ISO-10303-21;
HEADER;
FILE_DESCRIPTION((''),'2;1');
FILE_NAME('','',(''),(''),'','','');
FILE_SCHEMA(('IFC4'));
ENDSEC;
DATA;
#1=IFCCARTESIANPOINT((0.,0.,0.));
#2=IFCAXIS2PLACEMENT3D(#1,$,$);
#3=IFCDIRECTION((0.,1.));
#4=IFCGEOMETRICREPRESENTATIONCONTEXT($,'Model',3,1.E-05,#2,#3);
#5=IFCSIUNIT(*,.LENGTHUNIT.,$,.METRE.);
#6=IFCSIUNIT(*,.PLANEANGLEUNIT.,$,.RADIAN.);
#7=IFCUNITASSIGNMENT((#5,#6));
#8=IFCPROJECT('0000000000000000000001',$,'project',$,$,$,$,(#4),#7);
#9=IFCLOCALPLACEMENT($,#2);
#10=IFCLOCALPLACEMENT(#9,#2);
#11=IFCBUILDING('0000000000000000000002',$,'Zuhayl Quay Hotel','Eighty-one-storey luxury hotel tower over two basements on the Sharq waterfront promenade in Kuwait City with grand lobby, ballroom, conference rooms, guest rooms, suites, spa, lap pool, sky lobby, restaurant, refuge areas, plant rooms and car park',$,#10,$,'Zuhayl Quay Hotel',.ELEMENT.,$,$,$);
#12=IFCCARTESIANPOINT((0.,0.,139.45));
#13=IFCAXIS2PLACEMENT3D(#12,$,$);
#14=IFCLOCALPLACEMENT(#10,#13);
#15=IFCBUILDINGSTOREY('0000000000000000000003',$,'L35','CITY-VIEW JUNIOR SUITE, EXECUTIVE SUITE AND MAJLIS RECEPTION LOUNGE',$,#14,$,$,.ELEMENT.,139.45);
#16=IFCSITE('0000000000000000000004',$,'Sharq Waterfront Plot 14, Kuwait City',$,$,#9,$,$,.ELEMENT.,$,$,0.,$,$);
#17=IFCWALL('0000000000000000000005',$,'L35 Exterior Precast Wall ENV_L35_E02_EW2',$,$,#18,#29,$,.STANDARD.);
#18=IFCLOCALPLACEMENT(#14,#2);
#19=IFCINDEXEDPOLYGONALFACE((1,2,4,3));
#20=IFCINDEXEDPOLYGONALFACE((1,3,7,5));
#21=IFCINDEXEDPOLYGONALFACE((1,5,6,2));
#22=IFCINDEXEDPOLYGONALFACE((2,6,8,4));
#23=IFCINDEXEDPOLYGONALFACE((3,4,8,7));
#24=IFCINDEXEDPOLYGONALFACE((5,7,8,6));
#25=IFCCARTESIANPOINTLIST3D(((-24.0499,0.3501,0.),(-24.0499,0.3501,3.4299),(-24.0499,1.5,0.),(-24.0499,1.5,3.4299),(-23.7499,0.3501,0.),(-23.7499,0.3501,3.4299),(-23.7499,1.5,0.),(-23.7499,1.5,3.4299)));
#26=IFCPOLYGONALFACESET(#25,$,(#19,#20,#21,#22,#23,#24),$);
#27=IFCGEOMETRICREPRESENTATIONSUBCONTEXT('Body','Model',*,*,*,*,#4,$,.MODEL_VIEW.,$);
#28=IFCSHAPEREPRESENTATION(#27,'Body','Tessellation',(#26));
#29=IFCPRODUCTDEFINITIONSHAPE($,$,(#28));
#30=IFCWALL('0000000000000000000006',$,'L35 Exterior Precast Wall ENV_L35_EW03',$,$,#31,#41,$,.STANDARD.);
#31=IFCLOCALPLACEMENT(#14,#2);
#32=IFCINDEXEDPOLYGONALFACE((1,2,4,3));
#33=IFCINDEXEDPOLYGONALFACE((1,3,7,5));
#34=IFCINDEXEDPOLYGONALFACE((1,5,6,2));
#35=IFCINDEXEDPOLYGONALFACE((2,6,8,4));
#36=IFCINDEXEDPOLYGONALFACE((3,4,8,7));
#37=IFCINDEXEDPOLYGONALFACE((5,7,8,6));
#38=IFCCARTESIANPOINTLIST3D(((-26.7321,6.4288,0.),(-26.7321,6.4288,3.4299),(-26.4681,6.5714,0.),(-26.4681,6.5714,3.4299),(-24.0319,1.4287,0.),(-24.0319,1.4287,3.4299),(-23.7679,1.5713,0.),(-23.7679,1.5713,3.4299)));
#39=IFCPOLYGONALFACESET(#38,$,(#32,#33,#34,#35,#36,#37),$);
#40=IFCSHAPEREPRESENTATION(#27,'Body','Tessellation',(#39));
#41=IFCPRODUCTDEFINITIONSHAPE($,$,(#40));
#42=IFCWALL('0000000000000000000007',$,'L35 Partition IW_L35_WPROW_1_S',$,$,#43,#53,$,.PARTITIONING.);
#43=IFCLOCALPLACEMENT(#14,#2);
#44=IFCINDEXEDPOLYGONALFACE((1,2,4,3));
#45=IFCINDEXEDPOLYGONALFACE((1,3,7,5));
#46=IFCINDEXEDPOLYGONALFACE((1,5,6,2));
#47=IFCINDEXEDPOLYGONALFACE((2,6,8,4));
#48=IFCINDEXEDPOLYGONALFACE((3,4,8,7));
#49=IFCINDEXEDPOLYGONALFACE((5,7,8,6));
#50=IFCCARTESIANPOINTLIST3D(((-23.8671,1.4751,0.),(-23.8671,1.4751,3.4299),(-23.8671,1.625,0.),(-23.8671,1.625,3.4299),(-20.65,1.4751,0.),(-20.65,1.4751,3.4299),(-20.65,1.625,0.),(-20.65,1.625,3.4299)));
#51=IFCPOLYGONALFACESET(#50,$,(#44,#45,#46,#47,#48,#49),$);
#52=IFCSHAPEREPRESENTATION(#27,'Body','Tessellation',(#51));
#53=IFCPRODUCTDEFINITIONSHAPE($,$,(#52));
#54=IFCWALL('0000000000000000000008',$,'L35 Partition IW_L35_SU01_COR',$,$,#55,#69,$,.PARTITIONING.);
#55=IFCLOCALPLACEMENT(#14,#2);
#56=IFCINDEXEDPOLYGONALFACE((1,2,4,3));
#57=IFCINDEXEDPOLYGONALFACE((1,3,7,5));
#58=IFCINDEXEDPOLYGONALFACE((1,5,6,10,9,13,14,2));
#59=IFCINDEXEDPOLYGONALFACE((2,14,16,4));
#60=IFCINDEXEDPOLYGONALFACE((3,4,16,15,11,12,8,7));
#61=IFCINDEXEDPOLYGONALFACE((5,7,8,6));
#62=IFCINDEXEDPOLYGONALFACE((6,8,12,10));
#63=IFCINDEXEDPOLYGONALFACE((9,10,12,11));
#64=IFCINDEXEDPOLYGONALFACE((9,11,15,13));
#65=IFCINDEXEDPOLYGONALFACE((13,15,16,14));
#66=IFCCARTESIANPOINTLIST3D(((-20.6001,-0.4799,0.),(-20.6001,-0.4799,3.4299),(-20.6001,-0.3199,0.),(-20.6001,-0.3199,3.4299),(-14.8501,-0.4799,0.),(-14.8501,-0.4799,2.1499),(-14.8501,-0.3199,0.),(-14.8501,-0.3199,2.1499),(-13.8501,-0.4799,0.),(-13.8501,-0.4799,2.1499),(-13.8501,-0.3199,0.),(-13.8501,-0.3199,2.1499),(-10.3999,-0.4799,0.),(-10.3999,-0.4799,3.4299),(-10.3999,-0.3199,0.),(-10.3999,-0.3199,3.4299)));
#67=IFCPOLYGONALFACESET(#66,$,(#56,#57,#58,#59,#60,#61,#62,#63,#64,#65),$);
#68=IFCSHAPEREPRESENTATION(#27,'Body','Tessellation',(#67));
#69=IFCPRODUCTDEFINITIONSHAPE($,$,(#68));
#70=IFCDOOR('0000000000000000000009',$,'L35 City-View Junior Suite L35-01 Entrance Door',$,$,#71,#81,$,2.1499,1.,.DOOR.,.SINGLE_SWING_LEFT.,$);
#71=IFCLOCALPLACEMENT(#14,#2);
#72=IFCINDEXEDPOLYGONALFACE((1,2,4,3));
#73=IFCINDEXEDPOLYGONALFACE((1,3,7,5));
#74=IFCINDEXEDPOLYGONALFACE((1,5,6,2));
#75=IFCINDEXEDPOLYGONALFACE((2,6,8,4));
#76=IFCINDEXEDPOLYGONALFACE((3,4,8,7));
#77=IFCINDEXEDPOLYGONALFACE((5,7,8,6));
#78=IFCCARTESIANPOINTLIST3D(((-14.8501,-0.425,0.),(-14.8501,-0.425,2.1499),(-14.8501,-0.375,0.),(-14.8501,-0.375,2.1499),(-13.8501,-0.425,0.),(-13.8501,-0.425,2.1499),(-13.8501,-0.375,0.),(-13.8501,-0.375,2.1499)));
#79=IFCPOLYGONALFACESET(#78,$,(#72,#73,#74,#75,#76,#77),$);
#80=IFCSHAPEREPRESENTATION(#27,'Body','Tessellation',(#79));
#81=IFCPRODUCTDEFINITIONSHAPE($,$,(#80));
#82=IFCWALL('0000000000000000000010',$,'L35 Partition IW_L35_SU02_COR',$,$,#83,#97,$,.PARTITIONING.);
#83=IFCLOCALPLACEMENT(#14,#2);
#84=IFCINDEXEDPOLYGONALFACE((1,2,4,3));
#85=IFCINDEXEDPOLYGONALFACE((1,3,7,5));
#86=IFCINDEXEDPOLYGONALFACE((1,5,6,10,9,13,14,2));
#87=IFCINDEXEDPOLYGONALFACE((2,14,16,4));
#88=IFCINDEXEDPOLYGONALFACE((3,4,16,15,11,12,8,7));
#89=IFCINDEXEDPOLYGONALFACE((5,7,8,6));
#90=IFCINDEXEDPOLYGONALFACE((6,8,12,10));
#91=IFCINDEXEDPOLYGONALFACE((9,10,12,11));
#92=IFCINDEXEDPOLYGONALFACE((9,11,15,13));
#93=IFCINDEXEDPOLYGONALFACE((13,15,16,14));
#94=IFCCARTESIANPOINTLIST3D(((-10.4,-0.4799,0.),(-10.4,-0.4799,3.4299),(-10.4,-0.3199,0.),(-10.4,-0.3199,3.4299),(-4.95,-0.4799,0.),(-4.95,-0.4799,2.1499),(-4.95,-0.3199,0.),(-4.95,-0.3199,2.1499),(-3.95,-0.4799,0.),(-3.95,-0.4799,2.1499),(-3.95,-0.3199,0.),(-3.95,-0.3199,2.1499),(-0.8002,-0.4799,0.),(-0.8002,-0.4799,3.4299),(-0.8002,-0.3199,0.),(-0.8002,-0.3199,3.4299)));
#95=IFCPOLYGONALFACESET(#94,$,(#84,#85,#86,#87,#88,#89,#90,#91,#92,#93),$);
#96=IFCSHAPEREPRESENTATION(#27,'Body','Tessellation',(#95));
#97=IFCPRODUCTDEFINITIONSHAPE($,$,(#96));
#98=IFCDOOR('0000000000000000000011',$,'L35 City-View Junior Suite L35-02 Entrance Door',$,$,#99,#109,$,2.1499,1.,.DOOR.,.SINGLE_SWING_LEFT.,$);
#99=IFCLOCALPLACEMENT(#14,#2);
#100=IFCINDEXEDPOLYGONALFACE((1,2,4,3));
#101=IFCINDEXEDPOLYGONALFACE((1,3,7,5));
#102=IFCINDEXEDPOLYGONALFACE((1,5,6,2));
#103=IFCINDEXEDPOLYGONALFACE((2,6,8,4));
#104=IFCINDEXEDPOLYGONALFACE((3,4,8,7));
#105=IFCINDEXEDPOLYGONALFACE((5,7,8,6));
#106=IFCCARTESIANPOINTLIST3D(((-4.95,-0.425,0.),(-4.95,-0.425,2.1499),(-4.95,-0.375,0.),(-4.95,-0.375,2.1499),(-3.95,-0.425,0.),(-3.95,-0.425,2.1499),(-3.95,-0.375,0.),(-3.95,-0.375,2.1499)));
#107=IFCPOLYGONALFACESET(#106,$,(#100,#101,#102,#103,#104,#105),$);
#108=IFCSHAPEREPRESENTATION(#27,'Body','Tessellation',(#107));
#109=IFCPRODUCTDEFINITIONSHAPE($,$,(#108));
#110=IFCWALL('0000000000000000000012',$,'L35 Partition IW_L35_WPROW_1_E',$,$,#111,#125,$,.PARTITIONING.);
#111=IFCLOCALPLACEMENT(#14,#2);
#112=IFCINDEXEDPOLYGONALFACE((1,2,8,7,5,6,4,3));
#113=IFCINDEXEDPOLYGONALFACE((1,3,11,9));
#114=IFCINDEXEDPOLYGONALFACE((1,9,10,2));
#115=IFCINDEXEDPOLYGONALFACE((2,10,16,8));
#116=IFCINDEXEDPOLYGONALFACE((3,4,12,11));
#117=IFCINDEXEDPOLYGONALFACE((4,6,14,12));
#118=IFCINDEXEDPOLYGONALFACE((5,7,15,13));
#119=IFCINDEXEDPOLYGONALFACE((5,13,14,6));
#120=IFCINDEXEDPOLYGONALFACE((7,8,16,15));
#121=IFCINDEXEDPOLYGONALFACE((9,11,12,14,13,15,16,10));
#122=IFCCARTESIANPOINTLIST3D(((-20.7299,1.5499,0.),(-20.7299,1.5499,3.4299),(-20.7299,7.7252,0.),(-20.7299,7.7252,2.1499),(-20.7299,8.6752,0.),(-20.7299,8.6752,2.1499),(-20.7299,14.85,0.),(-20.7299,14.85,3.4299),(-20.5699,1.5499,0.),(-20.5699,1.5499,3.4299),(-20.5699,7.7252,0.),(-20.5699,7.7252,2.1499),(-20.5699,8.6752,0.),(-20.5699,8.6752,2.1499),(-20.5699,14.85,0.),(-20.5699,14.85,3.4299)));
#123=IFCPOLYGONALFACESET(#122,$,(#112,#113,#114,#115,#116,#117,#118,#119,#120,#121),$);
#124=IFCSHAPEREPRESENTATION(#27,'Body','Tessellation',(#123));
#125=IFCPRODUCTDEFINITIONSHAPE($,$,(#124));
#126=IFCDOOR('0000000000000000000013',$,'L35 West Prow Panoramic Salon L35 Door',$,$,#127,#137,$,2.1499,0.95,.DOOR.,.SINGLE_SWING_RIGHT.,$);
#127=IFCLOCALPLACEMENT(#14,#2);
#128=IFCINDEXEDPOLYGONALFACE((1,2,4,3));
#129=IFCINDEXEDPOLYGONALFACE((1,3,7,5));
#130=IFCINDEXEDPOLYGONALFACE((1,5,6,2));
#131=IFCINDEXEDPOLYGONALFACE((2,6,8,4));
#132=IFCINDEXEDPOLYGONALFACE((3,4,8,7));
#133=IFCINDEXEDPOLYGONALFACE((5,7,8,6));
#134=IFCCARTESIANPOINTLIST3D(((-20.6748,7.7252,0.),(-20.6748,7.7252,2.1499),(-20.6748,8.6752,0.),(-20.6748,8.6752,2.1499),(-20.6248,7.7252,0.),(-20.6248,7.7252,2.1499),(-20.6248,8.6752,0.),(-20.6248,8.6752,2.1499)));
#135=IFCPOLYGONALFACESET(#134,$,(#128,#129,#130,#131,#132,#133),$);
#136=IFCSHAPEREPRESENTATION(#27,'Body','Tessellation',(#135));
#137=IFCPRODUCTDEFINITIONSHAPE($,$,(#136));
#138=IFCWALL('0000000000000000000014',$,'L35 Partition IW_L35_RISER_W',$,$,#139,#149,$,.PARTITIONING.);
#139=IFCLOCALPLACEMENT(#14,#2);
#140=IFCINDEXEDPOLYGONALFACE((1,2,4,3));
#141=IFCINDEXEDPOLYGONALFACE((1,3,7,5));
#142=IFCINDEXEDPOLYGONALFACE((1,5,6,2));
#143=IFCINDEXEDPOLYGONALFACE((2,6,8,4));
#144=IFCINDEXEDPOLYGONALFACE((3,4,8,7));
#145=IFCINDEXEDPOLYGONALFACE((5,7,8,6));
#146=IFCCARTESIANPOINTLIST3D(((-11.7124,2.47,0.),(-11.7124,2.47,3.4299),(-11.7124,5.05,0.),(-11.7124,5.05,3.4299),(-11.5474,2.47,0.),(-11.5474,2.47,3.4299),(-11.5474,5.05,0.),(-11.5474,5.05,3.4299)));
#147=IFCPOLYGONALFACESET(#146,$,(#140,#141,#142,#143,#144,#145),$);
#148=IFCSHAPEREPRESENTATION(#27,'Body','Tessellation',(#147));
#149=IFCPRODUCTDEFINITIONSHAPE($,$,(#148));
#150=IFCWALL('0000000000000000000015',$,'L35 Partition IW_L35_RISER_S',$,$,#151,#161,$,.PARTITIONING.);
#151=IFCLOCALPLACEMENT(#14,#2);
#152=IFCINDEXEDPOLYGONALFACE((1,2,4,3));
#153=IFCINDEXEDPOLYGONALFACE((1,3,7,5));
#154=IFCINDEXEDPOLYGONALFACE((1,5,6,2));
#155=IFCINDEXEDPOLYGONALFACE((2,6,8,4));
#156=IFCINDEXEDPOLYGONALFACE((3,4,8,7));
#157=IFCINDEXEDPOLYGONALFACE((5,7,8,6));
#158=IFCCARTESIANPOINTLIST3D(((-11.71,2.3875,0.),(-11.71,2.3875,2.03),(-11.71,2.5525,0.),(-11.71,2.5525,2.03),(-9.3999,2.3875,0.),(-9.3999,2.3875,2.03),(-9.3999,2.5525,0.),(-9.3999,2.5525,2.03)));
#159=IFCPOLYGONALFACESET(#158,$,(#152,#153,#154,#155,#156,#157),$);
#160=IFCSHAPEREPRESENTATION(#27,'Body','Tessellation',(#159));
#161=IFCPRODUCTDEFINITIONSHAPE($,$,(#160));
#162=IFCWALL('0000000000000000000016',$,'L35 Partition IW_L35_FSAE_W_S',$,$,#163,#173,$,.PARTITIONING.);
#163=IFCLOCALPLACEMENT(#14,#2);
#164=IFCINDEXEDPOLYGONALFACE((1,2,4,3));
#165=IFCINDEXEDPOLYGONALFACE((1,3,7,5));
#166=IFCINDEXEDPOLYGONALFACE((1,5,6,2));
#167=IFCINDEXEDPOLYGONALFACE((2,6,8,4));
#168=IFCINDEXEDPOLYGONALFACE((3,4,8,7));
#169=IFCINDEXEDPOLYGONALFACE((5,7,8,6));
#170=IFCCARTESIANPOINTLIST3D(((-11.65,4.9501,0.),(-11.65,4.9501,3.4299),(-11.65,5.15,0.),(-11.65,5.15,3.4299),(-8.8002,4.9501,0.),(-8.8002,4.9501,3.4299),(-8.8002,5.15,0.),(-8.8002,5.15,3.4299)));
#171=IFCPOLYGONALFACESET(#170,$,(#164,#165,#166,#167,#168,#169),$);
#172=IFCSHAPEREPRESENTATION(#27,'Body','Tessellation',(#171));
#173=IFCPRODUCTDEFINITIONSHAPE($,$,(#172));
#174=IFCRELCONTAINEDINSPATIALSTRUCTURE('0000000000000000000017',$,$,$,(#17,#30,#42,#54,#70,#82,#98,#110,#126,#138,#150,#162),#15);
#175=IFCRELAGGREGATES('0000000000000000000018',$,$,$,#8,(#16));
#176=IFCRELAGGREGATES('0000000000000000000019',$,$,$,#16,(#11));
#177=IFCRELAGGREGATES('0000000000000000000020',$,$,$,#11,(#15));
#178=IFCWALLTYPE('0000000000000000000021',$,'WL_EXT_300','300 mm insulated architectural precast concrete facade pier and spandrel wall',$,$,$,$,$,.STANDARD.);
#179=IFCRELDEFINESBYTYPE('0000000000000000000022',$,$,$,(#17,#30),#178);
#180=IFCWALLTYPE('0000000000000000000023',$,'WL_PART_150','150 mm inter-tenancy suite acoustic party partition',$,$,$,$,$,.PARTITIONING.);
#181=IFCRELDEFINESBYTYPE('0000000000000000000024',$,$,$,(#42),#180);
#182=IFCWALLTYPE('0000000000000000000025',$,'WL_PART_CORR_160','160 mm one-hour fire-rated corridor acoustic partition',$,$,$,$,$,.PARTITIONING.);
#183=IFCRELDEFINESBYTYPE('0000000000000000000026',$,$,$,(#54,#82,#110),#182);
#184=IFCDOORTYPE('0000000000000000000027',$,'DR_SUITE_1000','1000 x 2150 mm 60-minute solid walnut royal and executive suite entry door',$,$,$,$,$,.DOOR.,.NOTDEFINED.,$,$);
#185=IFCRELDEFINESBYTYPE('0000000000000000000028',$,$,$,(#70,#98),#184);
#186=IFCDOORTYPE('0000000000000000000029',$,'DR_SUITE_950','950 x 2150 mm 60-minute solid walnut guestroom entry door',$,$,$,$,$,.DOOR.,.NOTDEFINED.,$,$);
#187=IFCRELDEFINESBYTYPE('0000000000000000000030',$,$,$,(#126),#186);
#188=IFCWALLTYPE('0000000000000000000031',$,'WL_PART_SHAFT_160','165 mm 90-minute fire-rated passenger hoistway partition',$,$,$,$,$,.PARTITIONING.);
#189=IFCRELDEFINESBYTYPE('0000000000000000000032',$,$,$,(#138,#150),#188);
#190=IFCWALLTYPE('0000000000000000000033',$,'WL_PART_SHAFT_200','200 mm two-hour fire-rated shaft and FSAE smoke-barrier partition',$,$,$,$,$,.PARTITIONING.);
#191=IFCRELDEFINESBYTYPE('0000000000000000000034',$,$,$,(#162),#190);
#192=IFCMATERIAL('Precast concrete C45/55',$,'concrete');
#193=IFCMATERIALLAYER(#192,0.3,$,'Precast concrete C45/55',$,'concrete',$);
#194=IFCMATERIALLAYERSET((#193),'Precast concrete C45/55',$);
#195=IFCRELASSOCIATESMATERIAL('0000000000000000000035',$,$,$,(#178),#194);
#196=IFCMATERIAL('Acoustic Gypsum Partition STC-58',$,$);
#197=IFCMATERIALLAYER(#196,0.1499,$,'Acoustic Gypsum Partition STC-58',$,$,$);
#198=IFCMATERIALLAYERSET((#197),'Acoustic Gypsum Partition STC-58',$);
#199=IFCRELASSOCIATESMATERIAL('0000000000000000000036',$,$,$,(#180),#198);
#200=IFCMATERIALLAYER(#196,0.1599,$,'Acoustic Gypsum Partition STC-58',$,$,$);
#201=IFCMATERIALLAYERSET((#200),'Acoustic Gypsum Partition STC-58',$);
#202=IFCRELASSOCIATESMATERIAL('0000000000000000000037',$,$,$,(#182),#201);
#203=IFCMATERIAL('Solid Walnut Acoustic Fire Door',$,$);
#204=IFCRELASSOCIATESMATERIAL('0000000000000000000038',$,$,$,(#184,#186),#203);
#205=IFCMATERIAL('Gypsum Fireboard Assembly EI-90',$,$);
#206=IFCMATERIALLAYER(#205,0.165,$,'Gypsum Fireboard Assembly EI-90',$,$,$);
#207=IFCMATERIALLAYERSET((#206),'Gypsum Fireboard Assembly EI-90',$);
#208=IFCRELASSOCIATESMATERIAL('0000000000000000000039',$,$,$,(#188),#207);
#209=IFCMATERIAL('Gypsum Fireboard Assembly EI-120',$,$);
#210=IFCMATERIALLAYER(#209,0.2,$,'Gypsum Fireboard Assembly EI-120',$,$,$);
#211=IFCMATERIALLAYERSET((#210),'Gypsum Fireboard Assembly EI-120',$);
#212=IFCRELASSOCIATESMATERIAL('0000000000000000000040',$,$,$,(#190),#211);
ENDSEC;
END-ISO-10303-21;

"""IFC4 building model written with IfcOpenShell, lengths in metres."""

from ifc_helpers import new_model, si_unit, direction, frame, frame_2d, origin, place, context, subcontext, project, spatial, rectangle, extrude, material, layer, layer_set, type_object, element, fill, save


model = new_model("IFC4")

# Units and contexts
model_context = context("Model", 3, precision=1e-05, world=origin(), true_north=direction((0.0, 1.0)))
body_context = subcontext(model_context, "Body", "Model", "MODEL_VIEW")
ifc_project = project(units=[si_unit("LENGTHUNIT", "METRE"), si_unit("PLANEANGLEUNIT", "RADIAN")], contexts=[model_context])

# Site, building, storey
site_placement = place(None, origin())
site = spatial("IfcSite", under=ifc_project, at=site_placement, Name="Sharq Waterfront Plot 14, Kuwait City", CompositionType="ELEMENT", RefElevation=0.0)
building_placement = place(site_placement, origin())
building = spatial("IfcBuilding", under=site, at=building_placement, Name="Zuhayl Quay Hotel", Description="Eighty-one-storey luxury hotel tower over two basements on the Sharq waterfront promenade in Kuwait City with grand lobby, ballroom, conference rooms, guest rooms, suites, spa, lap pool, sky lobby, restaurant, refuge areas, plant rooms and car park", LongName="Zuhayl Quay Hotel", CompositionType="ELEMENT")
storey_placement = place(building_placement, frame((0.0, 0.0, 139.45)))
storey = spatial("IfcBuildingStorey", under=building, at=storey_placement, Name="L35", Description="CITY-VIEW JUNIOR SUITE, EXECUTIVE SUITE AND MAJLIS RECEPTION LOUNGE", CompositionType="ELEMENT", Elevation=139.45)

# Walls
ifc_material_1 = material(Name="Precast concrete C45/55", Category="concrete")
ifc_layer_1 = layer(ifc_material_1, 0.3, Name="Precast concrete C45/55", Category="concrete")
ifc_layer_set_1 = layer_set([ifc_layer_1], Name="Precast concrete C45/55")
wall_type_1 = type_object("IfcWallType", Name="WL_EXT_300", Description="300 mm insulated architectural precast concrete facade pier and spandrel wall", PredefinedType="STANDARD", material=ifc_layer_set_1)
wall_1_placement = place(storey_placement, frame((-23.8999, 0.3501, 0.0), z_axis=(0.0, 0.0, 1.0), x_axis=(0.0, 1.0, 0.0)))
element("IfcWall", 1, at=wall_1_placement, inside=storey, type_object=wall_type_1, Name="L35 Exterior Precast Wall ENV_L35_E02_EW2", PredefinedType="STANDARD", context=body_context, shape_type="SweptSolid", body=[
    extrude(rectangle(XDim=1.1499, YDim=0.3, at=frame_2d((0.575, 0.0))), origin(), (0.0, 0.0, 1.0), 3.4299),
])
wall_2_placement = place(storey_placement, frame((-23.8999, 1.5, 0.0), z_axis=(0.0, 0.0, 1.0), x_axis=(-0.475176, 0.879891, 0.0)))
element("IfcWall", 2, at=wall_2_placement, inside=storey, type_object=wall_type_1, Name="L35 Exterior Precast Wall ENV_L35_EW03", PredefinedType="STANDARD", context=body_context, shape_type="SweptSolid", body=[
    extrude(rectangle(XDim=5.6826, YDim=0.3, at=frame_2d((2.8413, 0.0))), origin(), (0.0, 0.0, 1.0), 3.4299),
])
ifc_material_2 = material(Name="Acoustic Gypsum Partition STC-58")
ifc_layer_2 = layer(ifc_material_2, 0.1499, Name="Acoustic Gypsum Partition STC-58")
ifc_layer_set_2 = layer_set([ifc_layer_2], Name="Acoustic Gypsum Partition STC-58")
wall_type_2 = type_object("IfcWallType", Name="WL_PART_150", Description="150 mm inter-tenancy suite acoustic party partition", PredefinedType="PARTITIONING", material=ifc_layer_set_2)
wall_3_placement = place(storey_placement, frame((-23.8669, 1.55, 0.0), z_axis=(0.0, 0.0, 1.0), x_axis=(1.0, 0.0, 0.0)))
element("IfcWall", 3, at=wall_3_placement, inside=storey, type_object=wall_type_2, Name="L35 Partition IW_L35_WPROW_1_S", PredefinedType="PARTITIONING", context=body_context, shape_type="SweptSolid", body=[
    extrude(rectangle(XDim=3.217, YDim=0.1499, at=frame_2d((1.6084, 0.0))), origin(), (0.0, 0.0, 1.0), 3.4299),
])

# Walls, openings, doors
ifc_layer_3 = layer(ifc_material_2, 0.1599, Name="Acoustic Gypsum Partition STC-58")
ifc_layer_set_3 = layer_set([ifc_layer_3], Name="Acoustic Gypsum Partition STC-58")
wall_type_3 = type_object("IfcWallType", Name="WL_PART_CORR_160", Description="160 mm one-hour fire-rated corridor acoustic partition", PredefinedType="PARTITIONING", material=ifc_layer_set_3)
wall_4_placement = place(storey_placement, frame((-20.6001, -0.3999, 0.0), z_axis=(0.0, 0.0, 1.0), x_axis=(1.0, 0.0, 0.0)))
wall_4 = element("IfcWall", 4, at=wall_4_placement, inside=storey, type_object=wall_type_3, Name="L35 Partition IW_L35_SU01_COR", PredefinedType="PARTITIONING", context=body_context, shape_type="SweptSolid", body=[
    extrude(rectangle(XDim=10.2002, YDim=0.1599, at=frame_2d((5.1001, 0.0))), origin(), (0.0, 0.0, 1.0), 3.4299),
])
opening_1_placement = place(wall_4_placement, frame((5.75, 0.0, 0.0)))
opening_1 = element("IfcOpeningElement", 5, at=opening_1_placement, cuts=wall_4, PredefinedType="OPENING", context=body_context, shape_type="SweptSolid", body=[
    extrude(rectangle(XDim=1.0, YDim=2.1499, at=frame_2d((0.5, 1.075))), frame((0.0, 0.0898, 0.0), z_axis=(0.0, -1.0, 0.0), x_axis=(1.0, 0.0, 0.0)), (0.0, 0.0, 1.0), 0.1799),
])
ifc_material_3 = material(Name="Solid Walnut Acoustic Fire Door")
door_type_1 = type_object("IfcDoorType", Name="DR_SUITE_1000", Description="1000 x 2150 mm 60-minute solid walnut royal and executive suite entry door", OperationType="NOTDEFINED", PredefinedType="DOOR", material=ifc_material_3)
door_1_placement = place(opening_1_placement, origin())
door_1 = element("IfcDoor", 6, at=door_1_placement, inside=storey, type_object=door_type_1, Name="L35 City-View Junior Suite L35-01 Entrance Door", OperationType="SINGLE_SWING_LEFT", OverallHeight=2.1499, OverallWidth=1.0, PredefinedType="DOOR", context=body_context, shape_type="SweptSolid", body=[
    extrude(rectangle(XDim=1.0, YDim=2.1499, at=frame_2d((0.5, 1.075))), frame((0.0, 0.0249, 0.0), z_axis=(0.0, -1.0, 0.0), x_axis=(1.0, 0.0, 0.0)), (0.0, 0.0, 1.0), 0.05),
])
fill(opening_1, door_1)
wall_5_placement = place(storey_placement, frame((-10.3999, -0.3999, 0.0), z_axis=(0.0, 0.0, 1.0), x_axis=(1.0, 0.0, 0.0)))
wall_5 = element("IfcWall", 7, at=wall_5_placement, inside=storey, type_object=wall_type_3, Name="L35 Partition IW_L35_SU02_COR", PredefinedType="PARTITIONING", context=body_context, shape_type="SweptSolid", body=[
    extrude(rectangle(XDim=9.5999, YDim=0.1599, at=frame_2d((4.7998, 0.0))), origin(), (0.0, 0.0, 1.0), 3.4299),
])
opening_2_placement = place(wall_5_placement, frame((5.45, 0.0, 0.0)))
opening_2 = element("IfcOpeningElement", 8, at=opening_2_placement, cuts=wall_5, PredefinedType="OPENING", context=body_context, shape_type="SweptSolid", body=[
    extrude(rectangle(XDim=1.0, YDim=2.1499, at=frame_2d((0.5, 1.075))), frame((0.0, 0.0898, 0.0), z_axis=(0.0, -1.0, 0.0), x_axis=(1.0, 0.0, 0.0)), (0.0, 0.0, 1.0), 0.1799),
])
door_2_placement = place(opening_2_placement, origin())
door_2 = element("IfcDoor", 9, at=door_2_placement, inside=storey, type_object=door_type_1, Name="L35 City-View Junior Suite L35-02 Entrance Door", OperationType="SINGLE_SWING_LEFT", OverallHeight=2.1499, OverallWidth=1.0, PredefinedType="DOOR", context=body_context, shape_type="SweptSolid", body=[
    extrude(rectangle(XDim=1.0, YDim=2.1499, at=frame_2d((0.5, 1.075))), frame((0.0, 0.0249, 0.0), z_axis=(0.0, -1.0, 0.0), x_axis=(1.0, 0.0, 0.0)), (0.0, 0.0, 1.0), 0.05),
])
fill(opening_2, door_2)
wall_6_placement = place(storey_placement, frame((-20.6499, 1.55, 0.0), z_axis=(0.0, 0.0, 1.0), x_axis=(0.0, 1.0, 0.0)))
wall_6 = element("IfcWall", 10, at=wall_6_placement, inside=storey, type_object=wall_type_3, Name="L35 Partition IW_L35_WPROW_1_E", PredefinedType="PARTITIONING", context=body_context, shape_type="SweptSolid", body=[
    extrude(rectangle(XDim=13.3, YDim=0.1599, at=frame_2d((6.6499, 0.0))), origin(), (0.0, 0.0, 1.0), 3.4299),
])
opening_3_placement = place(wall_6_placement, frame((6.175, 0.0, 0.0)))
opening_3 = element("IfcOpeningElement", 11, at=opening_3_placement, cuts=wall_6, PredefinedType="OPENING", context=body_context, shape_type="SweptSolid", body=[
    extrude(rectangle(XDim=0.95, YDim=2.1499, at=frame_2d((0.4751, 1.075))), frame((0.0, 0.0898, 0.0), z_axis=(0.0, -1.0, 0.0), x_axis=(1.0, 0.0, 0.0)), (0.0, 0.0, 1.0), 0.1799),
])
door_type_2 = type_object("IfcDoorType", Name="DR_SUITE_950", Description="950 x 2150 mm 60-minute solid walnut guestroom entry door", OperationType="NOTDEFINED", PredefinedType="DOOR", material=ifc_material_3)
door_3_placement = place(opening_3_placement, origin())
door_3 = element("IfcDoor", 12, at=door_3_placement, inside=storey, type_object=door_type_2, Name="L35 West Prow Panoramic Salon L35 Door", OperationType="SINGLE_SWING_RIGHT", OverallHeight=2.1499, OverallWidth=0.95, PredefinedType="DOOR", context=body_context, shape_type="SweptSolid", body=[
    extrude(rectangle(XDim=0.95, YDim=2.1499, at=frame_2d((0.4751, 1.075))), frame((0.0, 0.0249, 0.0), z_axis=(0.0, -1.0, 0.0), x_axis=(1.0, 0.0, 0.0)), (0.0, 0.0, 1.0), 0.05),
])
fill(opening_3, door_3)

# Walls
ifc_material_4 = material(Name="Gypsum Fireboard Assembly EI-90")
ifc_layer_4 = layer(ifc_material_4, 0.165, Name="Gypsum Fireboard Assembly EI-90")
ifc_layer_set_4 = layer_set([ifc_layer_4], Name="Gypsum Fireboard Assembly EI-90")
wall_type_4 = type_object("IfcWallType", Name="WL_PART_SHAFT_160", Description="165 mm 90-minute fire-rated passenger hoistway partition", PredefinedType="PARTITIONING", material=ifc_layer_set_4)
wall_7_placement = place(storey_placement, frame((-11.6299, 2.47, 0.0), z_axis=(0.0, 0.0, 1.0), x_axis=(0.0, 1.0, 0.0)))
element("IfcWall", 13, at=wall_7_placement, inside=storey, type_object=wall_type_4, Name="L35 Partition IW_L35_RISER_W", PredefinedType="PARTITIONING", context=body_context, shape_type="SweptSolid", body=[
    extrude(rectangle(XDim=2.5801, YDim=0.165, at=frame_2d((1.29, 0.0))), origin(), (0.0, 0.0, 1.0), 3.4299),
])
wall_8_placement = place(storey_placement, frame((-11.71, 2.47, 0.0), z_axis=(0.0, 0.0, 1.0), x_axis=(1.0, 0.0, 0.0)))
element("IfcWall", 14, at=wall_8_placement, inside=storey, type_object=wall_type_4, Name="L35 Partition IW_L35_RISER_S", PredefinedType="PARTITIONING", context=body_context, shape_type="SweptSolid", body=[
    extrude(rectangle(XDim=2.3101, YDim=0.165, at=frame_2d((1.155, 0.0))), origin(), (0.0, 0.0, 1.0), 2.03),
])
ifc_material_5 = material(Name="Gypsum Fireboard Assembly EI-120")
ifc_layer_5 = layer(ifc_material_5, 0.2, Name="Gypsum Fireboard Assembly EI-120")
ifc_layer_set_5 = layer_set([ifc_layer_5], Name="Gypsum Fireboard Assembly EI-120")
wall_type_5 = type_object("IfcWallType", Name="WL_PART_SHAFT_200", Description="200 mm two-hour fire-rated shaft and FSAE smoke-barrier partition", PredefinedType="PARTITIONING", material=ifc_layer_set_5)
wall_9_placement = place(storey_placement, frame((-11.6499, 5.05, 0.0), z_axis=(0.0, 0.0, 1.0), x_axis=(1.0, 0.0, 0.0)))
element("IfcWall", 15, at=wall_9_placement, inside=storey, type_object=wall_type_5, Name="L35 Partition IW_L35_FSAE_W_S", PredefinedType="PARTITIONING", context=body_context, shape_type="SweptSolid", body=[
    extrude(rectangle(XDim=2.8499, YDim=0.2, at=frame_2d((1.4248, 0.0))), origin(), (0.0, 0.0, 1.0), 3.4299),
])

save(model, "model.ifc")
